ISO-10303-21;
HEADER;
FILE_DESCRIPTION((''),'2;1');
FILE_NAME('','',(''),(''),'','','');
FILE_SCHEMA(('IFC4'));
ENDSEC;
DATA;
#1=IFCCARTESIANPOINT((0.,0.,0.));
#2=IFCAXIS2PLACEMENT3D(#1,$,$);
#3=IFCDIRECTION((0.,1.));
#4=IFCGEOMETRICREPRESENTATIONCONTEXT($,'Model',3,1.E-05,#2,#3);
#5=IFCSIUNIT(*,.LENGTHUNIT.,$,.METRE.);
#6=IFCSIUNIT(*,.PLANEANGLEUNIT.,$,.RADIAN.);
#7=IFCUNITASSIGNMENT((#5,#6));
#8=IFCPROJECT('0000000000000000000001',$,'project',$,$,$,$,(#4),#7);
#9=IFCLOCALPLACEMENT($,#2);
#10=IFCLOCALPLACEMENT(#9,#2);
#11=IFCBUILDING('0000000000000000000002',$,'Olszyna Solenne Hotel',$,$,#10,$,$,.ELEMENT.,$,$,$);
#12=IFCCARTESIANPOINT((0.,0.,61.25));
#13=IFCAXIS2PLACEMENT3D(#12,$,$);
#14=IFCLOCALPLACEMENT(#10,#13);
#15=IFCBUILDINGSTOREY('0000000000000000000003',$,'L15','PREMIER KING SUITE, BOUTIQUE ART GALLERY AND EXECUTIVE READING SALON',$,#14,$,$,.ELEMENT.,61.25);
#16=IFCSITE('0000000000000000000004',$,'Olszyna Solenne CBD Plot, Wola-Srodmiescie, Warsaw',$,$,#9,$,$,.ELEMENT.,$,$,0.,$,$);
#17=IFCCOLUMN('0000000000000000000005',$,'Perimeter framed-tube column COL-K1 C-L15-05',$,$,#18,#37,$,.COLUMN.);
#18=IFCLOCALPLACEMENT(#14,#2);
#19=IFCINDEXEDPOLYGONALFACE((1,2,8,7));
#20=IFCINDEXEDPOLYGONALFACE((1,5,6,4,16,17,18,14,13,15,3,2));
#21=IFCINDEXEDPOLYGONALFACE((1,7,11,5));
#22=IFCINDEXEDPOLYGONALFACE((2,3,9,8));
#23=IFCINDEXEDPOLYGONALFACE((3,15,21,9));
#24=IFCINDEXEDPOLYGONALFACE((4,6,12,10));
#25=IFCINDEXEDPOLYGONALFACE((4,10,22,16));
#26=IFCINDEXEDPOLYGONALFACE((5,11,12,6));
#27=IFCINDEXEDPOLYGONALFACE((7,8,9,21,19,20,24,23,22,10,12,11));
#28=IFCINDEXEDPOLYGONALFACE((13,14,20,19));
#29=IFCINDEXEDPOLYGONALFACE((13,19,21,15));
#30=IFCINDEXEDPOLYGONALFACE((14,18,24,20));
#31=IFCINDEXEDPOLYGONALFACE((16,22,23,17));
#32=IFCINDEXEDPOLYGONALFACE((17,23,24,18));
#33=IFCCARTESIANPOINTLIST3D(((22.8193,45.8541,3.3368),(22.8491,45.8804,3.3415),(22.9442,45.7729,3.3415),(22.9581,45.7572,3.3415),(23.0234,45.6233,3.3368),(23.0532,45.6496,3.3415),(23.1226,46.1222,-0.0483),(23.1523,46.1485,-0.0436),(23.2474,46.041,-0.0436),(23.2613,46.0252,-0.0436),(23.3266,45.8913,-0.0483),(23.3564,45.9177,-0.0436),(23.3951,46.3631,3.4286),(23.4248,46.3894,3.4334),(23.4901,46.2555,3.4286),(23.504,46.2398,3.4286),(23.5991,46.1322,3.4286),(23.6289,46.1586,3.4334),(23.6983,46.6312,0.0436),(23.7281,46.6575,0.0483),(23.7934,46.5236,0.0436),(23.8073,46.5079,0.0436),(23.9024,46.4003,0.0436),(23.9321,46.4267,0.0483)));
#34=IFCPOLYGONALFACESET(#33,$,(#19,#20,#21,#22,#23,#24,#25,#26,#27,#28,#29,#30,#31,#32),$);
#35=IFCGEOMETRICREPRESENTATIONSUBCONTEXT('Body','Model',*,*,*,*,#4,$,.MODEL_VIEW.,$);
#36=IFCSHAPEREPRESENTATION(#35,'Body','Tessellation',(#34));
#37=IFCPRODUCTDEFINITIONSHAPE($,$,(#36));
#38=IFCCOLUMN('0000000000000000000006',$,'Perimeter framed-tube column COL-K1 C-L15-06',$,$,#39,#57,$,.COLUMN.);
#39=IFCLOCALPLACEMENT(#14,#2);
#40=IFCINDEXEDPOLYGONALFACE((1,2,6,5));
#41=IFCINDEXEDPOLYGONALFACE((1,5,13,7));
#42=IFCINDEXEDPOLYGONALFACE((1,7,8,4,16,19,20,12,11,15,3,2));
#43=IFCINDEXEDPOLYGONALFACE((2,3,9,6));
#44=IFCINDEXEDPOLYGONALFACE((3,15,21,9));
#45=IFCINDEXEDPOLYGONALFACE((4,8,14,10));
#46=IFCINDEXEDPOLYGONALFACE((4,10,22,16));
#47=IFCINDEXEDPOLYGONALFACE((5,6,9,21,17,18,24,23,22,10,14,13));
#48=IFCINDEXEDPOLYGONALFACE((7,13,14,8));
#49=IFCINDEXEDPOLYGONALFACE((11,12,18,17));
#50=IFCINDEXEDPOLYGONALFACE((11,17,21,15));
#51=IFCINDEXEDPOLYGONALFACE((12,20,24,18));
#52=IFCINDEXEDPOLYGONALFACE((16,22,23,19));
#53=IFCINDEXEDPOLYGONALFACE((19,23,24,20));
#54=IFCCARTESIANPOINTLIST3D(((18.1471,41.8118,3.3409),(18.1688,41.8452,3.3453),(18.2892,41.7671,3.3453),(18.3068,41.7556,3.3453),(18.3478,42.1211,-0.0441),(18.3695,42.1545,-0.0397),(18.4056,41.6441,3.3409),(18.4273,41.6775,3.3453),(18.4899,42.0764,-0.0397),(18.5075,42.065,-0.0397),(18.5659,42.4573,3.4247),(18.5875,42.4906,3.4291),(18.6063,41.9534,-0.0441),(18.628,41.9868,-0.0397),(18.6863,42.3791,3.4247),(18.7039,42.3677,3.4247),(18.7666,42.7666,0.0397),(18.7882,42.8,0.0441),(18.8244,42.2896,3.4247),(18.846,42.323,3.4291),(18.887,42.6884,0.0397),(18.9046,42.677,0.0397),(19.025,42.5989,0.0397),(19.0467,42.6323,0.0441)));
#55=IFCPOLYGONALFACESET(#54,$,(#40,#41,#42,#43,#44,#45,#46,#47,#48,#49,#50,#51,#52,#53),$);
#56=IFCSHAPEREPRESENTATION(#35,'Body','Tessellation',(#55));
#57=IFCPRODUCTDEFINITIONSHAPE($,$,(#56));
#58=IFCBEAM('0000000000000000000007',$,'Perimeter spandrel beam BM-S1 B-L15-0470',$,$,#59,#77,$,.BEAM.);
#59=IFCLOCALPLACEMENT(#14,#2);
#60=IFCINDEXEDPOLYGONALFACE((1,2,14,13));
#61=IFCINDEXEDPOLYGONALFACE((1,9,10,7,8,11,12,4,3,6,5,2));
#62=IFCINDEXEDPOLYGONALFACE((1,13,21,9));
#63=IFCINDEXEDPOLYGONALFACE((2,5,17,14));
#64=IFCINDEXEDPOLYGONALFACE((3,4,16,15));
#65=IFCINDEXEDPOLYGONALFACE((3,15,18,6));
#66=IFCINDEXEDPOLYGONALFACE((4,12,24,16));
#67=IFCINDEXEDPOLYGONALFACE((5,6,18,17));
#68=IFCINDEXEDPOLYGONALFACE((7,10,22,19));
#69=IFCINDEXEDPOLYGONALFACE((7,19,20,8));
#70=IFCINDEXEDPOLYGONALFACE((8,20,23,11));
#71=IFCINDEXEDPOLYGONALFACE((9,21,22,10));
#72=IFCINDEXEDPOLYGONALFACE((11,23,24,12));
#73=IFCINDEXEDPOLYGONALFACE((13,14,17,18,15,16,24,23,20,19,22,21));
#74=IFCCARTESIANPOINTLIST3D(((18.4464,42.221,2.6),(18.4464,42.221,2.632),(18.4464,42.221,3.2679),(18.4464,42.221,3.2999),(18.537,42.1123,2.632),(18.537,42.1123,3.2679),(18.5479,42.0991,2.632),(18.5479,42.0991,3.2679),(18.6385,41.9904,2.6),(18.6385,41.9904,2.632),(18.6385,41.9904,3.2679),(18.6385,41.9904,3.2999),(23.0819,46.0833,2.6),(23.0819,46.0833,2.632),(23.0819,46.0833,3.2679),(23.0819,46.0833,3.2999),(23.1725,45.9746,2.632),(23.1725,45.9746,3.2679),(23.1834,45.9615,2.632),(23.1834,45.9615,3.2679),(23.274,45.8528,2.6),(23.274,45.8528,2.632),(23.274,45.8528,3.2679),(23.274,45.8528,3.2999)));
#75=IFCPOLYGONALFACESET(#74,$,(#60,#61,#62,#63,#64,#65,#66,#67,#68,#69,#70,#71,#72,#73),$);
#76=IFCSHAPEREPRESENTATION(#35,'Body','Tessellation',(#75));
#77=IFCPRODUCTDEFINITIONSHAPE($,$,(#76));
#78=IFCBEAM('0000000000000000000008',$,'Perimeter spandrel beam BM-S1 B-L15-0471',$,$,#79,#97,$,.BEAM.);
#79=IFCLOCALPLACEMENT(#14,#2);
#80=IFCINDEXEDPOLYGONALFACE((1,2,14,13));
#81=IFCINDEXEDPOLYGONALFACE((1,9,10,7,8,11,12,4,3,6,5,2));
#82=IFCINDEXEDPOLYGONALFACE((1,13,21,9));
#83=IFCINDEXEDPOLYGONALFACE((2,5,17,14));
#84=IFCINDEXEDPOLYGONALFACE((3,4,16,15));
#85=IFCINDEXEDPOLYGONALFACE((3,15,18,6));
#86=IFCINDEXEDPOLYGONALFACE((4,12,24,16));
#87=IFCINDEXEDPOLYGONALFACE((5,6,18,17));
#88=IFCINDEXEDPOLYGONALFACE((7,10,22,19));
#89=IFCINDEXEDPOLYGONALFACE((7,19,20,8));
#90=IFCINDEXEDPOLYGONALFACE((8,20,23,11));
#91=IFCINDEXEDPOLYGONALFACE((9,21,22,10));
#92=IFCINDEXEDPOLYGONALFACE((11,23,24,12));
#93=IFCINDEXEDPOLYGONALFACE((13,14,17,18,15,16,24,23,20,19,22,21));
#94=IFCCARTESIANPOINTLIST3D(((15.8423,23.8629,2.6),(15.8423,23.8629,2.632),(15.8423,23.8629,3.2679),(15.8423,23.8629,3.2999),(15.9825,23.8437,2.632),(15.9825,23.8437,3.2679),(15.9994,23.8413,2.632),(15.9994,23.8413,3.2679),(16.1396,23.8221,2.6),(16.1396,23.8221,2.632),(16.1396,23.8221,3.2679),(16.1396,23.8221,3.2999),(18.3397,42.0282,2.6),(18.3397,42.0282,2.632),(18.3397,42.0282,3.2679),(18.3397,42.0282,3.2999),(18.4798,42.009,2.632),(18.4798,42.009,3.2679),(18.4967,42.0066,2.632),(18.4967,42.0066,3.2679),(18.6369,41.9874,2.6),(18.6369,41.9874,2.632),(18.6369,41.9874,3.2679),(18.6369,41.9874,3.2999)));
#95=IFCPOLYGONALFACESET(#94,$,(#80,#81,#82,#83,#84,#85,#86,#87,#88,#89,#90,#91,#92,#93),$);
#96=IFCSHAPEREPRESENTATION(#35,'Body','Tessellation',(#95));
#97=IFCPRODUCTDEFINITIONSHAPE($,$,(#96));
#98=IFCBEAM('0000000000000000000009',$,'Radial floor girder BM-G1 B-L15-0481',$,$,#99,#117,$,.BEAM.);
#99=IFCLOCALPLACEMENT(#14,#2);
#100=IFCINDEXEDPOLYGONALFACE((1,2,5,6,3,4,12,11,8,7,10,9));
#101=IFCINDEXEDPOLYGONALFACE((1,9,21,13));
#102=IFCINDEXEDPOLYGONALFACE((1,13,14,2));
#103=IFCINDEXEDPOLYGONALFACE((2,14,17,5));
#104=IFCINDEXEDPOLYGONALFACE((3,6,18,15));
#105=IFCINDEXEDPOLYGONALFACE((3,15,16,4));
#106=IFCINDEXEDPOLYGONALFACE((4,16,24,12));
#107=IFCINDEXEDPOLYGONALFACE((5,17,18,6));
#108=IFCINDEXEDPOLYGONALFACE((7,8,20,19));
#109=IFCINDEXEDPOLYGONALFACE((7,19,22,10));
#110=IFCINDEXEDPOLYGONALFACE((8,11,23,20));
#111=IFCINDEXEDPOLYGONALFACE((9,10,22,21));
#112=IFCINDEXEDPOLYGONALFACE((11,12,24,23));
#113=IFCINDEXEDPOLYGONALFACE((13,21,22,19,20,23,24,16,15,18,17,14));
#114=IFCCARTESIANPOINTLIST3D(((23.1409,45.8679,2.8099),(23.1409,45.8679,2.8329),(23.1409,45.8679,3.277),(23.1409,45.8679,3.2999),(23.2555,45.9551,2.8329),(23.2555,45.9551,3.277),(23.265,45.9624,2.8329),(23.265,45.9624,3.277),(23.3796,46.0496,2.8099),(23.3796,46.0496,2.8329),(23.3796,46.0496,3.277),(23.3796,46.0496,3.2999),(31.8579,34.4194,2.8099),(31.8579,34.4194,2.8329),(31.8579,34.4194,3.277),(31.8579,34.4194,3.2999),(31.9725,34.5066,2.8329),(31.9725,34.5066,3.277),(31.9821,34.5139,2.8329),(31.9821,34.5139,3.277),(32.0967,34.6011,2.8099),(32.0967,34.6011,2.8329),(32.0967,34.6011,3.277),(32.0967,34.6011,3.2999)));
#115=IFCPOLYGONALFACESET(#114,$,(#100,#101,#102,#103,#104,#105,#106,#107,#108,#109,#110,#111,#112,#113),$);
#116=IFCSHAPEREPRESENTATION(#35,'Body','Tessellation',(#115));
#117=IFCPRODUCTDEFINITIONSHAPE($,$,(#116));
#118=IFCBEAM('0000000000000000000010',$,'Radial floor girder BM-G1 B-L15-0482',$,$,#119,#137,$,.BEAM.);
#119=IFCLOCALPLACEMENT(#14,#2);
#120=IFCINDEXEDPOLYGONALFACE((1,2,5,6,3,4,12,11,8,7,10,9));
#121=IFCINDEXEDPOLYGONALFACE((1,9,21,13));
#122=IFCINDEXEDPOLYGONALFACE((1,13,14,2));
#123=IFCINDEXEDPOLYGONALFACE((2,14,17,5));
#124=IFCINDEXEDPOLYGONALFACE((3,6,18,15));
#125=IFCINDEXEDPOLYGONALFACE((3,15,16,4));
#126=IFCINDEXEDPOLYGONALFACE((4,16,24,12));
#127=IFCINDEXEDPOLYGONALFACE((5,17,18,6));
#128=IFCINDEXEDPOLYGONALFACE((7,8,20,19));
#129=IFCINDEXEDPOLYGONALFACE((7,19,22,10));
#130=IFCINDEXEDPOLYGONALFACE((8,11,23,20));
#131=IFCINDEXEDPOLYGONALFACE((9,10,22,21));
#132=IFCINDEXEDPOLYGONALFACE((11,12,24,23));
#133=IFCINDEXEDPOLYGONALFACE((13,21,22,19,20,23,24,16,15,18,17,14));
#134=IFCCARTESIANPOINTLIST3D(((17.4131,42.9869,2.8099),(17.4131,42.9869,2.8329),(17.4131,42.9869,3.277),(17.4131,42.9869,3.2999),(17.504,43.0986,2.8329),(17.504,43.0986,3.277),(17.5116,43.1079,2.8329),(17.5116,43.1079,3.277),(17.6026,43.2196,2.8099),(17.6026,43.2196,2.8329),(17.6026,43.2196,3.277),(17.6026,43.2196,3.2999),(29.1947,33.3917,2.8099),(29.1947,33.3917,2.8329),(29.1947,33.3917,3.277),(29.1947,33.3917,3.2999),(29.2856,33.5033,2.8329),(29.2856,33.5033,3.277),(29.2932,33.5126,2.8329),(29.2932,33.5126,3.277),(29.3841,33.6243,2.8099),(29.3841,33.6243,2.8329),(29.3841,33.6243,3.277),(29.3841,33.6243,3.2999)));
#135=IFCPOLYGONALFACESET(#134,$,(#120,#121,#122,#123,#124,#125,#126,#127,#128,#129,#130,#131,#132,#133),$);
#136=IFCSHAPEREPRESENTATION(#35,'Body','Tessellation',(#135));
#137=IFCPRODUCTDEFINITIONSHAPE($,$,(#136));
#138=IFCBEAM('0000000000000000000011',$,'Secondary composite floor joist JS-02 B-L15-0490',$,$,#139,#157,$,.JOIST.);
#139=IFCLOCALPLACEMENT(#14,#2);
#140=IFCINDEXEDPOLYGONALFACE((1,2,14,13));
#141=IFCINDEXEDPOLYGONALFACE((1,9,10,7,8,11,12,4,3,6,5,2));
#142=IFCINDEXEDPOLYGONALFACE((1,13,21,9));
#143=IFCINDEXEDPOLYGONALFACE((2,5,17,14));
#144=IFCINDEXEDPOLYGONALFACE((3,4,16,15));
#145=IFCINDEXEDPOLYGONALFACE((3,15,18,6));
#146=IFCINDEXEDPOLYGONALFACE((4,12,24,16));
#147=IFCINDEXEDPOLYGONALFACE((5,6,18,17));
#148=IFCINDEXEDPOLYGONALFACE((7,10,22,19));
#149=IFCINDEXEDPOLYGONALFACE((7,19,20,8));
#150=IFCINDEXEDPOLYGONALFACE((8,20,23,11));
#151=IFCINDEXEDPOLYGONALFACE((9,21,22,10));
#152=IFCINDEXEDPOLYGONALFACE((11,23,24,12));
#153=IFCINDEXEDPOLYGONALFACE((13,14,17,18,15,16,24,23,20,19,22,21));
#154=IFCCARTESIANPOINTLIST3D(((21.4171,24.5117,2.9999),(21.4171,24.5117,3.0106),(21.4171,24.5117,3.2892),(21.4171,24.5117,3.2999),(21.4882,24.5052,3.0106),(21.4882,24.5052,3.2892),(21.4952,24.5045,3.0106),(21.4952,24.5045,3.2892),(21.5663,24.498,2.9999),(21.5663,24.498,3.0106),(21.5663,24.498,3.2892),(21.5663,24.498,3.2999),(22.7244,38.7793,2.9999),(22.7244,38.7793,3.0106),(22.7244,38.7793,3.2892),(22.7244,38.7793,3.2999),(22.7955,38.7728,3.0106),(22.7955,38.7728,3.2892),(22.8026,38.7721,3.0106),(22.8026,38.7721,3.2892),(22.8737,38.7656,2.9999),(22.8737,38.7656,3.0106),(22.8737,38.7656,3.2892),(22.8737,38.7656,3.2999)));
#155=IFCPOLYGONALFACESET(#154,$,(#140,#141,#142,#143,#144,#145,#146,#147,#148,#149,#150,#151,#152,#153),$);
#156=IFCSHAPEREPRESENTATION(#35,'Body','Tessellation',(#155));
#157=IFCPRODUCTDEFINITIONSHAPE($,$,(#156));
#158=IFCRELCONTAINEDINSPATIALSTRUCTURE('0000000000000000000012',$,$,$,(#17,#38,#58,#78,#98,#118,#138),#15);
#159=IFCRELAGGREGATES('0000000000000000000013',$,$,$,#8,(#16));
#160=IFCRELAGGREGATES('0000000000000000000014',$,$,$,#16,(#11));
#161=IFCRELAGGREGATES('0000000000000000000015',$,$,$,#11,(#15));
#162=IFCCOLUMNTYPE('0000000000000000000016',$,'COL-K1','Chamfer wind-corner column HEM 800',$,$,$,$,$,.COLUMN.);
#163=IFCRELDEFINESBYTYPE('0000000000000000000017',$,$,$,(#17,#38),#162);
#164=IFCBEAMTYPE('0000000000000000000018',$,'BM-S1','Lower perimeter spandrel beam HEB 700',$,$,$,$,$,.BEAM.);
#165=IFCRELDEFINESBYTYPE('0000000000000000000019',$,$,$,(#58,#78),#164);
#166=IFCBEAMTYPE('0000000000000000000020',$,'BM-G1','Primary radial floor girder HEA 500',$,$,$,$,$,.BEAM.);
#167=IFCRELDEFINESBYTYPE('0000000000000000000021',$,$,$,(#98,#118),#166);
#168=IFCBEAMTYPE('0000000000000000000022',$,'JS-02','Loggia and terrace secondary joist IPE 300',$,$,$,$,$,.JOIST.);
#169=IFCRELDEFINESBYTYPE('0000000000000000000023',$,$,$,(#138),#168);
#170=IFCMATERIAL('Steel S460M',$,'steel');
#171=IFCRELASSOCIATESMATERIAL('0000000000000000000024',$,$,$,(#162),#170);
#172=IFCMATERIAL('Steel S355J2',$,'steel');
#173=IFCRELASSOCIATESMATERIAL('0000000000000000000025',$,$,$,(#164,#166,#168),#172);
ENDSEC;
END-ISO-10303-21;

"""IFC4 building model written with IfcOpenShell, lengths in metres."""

from ifc_helpers import new_model, si_unit, direction, frame, origin, origin_2d, place, context, subcontext, project, spatial, i_section, extrude, source, transform, mapped, material, material_profile, profile_set, type_object, element, save


model = new_model("IFC4")

# Units and contexts
model_context = context("Model", 3, precision=1e-05, world=origin(), true_north=direction((0.0, 1.0)))
body_context = subcontext(model_context, "Body", "Model", "MODEL_VIEW")
ifc_project = project(units=[si_unit("LENGTHUNIT", "METRE"), si_unit("PLANEANGLEUNIT", "RADIAN")], contexts=[model_context])

# Site, building, storey
site_placement = place(None, origin())
site = spatial("IfcSite", under=ifc_project, at=site_placement, Name="Olszyna Solenne CBD Plot, Wola-Srodmiescie, Warsaw", CompositionType="ELEMENT", RefElevation=0.0)
building_placement = place(site_placement, origin())
building = spatial("IfcBuilding", under=site, at=building_placement, Name="Olszyna Solenne Hotel", CompositionType="ELEMENT")
storey_placement = place(building_placement, frame((0.0, 0.0, 61.25)))
storey = spatial("IfcBuildingStorey", under=building, at=storey_placement, Name="L15", Description="PREMIER KING SUITE, BOUTIQUE ART GALLERY AND EXECUTIVE READING SALON", CompositionType="ELEMENT", Elevation=61.25)

# Columns
ifc_material_1 = material(Name="Steel S460M", Category="steel")
ifc_material_profile_1 = material_profile(ifc_material_1, i_section(OverallWidth=0.3081, OverallDepth=0.814, WebThickness=0.021, FlangeThickness=0.04, at=origin_2d()), Name="HEM 800", Category="load-bearing")
ifc_profile_set_1 = profile_set([ifc_material_profile_1], Name="Steel S460M")
column_type = type_object("IfcColumnType", Name="COL-K1", Description="Chamfer wind-corner column HEM 800", PredefinedType="COLUMN", material=ifc_profile_set_1)
shared_shape_1 = source(origin(), body_context, "Body", "SweptSolid", [
    extrude(i_section(OverallWidth=0.3081, OverallDepth=0.814, WebThickness=0.021, FlangeThickness=0.04, at=origin_2d()), origin(), (0.0, 0.0, 1.0), 3.4092),
])
column_1_placement = place(storey_placement, frame((23.5273, 46.2744, 0.0), z_axis=(-0.088945, -0.078632, 0.992928), x_axis=(0.66234, -0.749204, 0.0)))
element("IfcColumn", 1, at=column_1_placement, inside=storey, type_object=column_type, Name="Perimeter framed-tube column COL-K1 C-L15-05", PredefinedType="COLUMN", context=body_context, shape_type="MappedRepresentation", body=[
    mapped(shared_shape_1, transform((0.0, 0.0, 0.0), x_axis=(1.0, 0.0, 0.0), y_axis=(0.0, 1.0, 0.0), z_axis=(0.0, 0.0, 1.0), scale=1.0)),
])
shared_shape_2 = source(origin(), body_context, "Body", "SweptSolid", [
    extrude(i_section(OverallWidth=0.3081, OverallDepth=0.814, WebThickness=0.021, FlangeThickness=0.04, at=origin_2d()), origin(), (0.0, 0.0, 1.0), 3.405),
])
column_2_placement = place(storey_placement, frame((18.6973, 42.3767, 0.0), z_axis=(-0.058937, -0.090844, 0.99412), x_axis=(0.838912, -0.544267, 0.0)))
element("IfcColumn", 2, at=column_2_placement, inside=storey, type_object=column_type, Name="Perimeter framed-tube column COL-K1 C-L15-06", PredefinedType="COLUMN", context=body_context, shape_type="MappedRepresentation", body=[
    mapped(shared_shape_2, transform((0.0, 0.0, 0.0), x_axis=(1.0, 0.0, 0.0), y_axis=(0.0, 1.0, 0.0), z_axis=(0.0, 0.0, 1.0), scale=1.0)),
])

# Beams
ifc_material_2 = material(Name="Steel S355J2", Category="steel")
ifc_material_profile_2 = material_profile(ifc_material_2, i_section(OverallWidth=0.3, OverallDepth=0.7, WebThickness=0.0171, FlangeThickness=0.032, at=origin_2d()), Name="HEB 700", Category="load-bearing")
ifc_profile_set_2 = profile_set([ifc_material_profile_2], Name="Steel S355J2")
beam_type_1 = type_object("IfcBeamType", Name="BM-S1", Description="Lower perimeter spandrel beam HEB 700", PredefinedType="BEAM", material=ifc_profile_set_2)
shared_shape_3 = source(origin(), body_context, "Body", "SweptSolid", [
    extrude(i_section(OverallWidth=0.3, OverallDepth=0.7, WebThickness=0.0171, FlangeThickness=0.032, at=origin_2d()), origin(), (0.0, 0.0, 1.0), 6.0337),
])
beam_1_placement = place(storey_placement, frame((23.178, 45.968, 2.95), z_axis=(-0.768271, -0.640125, 0.0), x_axis=(0.640125, -0.768271, 0.0)))
element("IfcBeam", 3, at=beam_1_placement, inside=storey, type_object=beam_type_1, Name="Perimeter spandrel beam BM-S1 B-L15-0470", PredefinedType="BEAM", context=body_context, shape_type="MappedRepresentation", body=[
    mapped(shared_shape_3, transform((0.0, 0.0, 0.0), x_axis=(1.0, 0.0, 0.0), y_axis=(0.0, 1.0, 0.0), z_axis=(0.0, 0.0, 1.0), scale=1.0)),
])
shared_shape_4 = source(origin(), body_context, "Body", "SweptSolid", [
    extrude(i_section(OverallWidth=0.3, OverallDepth=0.7, WebThickness=0.0171, FlangeThickness=0.032, at=origin_2d()), origin(), (0.0, 0.0, 1.0), 18.3362),
])
beam_2_placement = place(storey_placement, frame((18.4883, 42.0078, 2.95), z_axis=(-0.136196, -0.990682, 0.0), x_axis=(0.990682, -0.136196, 0.0)))
element("IfcBeam", 4, at=beam_2_placement, inside=storey, type_object=beam_type_1, Name="Perimeter spandrel beam BM-S1 B-L15-0471", PredefinedType="BEAM", context=body_context, shape_type="MappedRepresentation", body=[
    mapped(shared_shape_4, transform((0.0, 0.0, 0.0), x_axis=(1.0, 0.0, 0.0), y_axis=(0.0, 1.0, 0.0), z_axis=(0.0, 0.0, 1.0), scale=1.0)),
])
ifc_material_profile_3 = material_profile(ifc_material_2, i_section(OverallWidth=0.3, OverallDepth=0.49, WebThickness=0.012, FlangeThickness=0.0229, at=origin_2d()), Name="HEA 500", Category="load-bearing")
ifc_profile_set_3 = profile_set([ifc_material_profile_3], Name="Steel S355J2")
beam_type_2 = type_object("IfcBeamType", Name="BM-G1", Description="Primary radial floor girder HEA 500", PredefinedType="BEAM", material=ifc_profile_set_3)
shared_shape_5 = source(origin(), body_context, "Body", "SweptSolid", [
    extrude(i_section(OverallWidth=0.3, OverallDepth=0.49, WebThickness=0.012, FlangeThickness=0.0229, at=origin_2d()), origin(), (0.0, 0.0, 1.0), 14.3894),
])
beam_3_placement = place(storey_placement, frame((23.2603, 45.9587, 3.0549), z_axis=(0.605796, -0.79562, 0.0), x_axis=(0.79562, 0.605796, 0.0)))
element("IfcBeam", 5, at=beam_3_placement, inside=storey, type_object=beam_type_2, Name="Radial floor girder BM-G1 B-L15-0481", PredefinedType="BEAM", context=body_context, shape_type="MappedRepresentation", body=[
    mapped(shared_shape_5, transform((0.0, 0.0, 0.0), x_axis=(1.0, 0.0, 0.0), y_axis=(0.0, 1.0, 0.0), z_axis=(0.0, 0.0, 1.0), scale=1.0)),
])
shared_shape_6 = source(origin(), body_context, "Body", "SweptSolid", [
    extrude(i_section(OverallWidth=0.3, OverallDepth=0.49, WebThickness=0.012, FlangeThickness=0.0229, at=origin_2d()), origin(), (0.0, 0.0, 1.0), 15.1946),
])
beam_4_placement = place(storey_placement, frame((17.5078, 43.1033, 3.0549), z_axis=(0.775381, -0.631494, 0.0), x_axis=(0.631494, 0.775381, 0.0)))
element("IfcBeam", 6, at=beam_4_placement, inside=storey, type_object=beam_type_2, Name="Radial floor girder BM-G1 B-L15-0482", PredefinedType="BEAM", context=body_context, shape_type="MappedRepresentation", body=[
    mapped(shared_shape_6, transform((0.0, 0.0, 0.0), x_axis=(1.0, 0.0, 0.0), y_axis=(0.0, 1.0, 0.0), z_axis=(0.0, 0.0, 1.0), scale=1.0)),
])
ifc_material_profile_4 = material_profile(ifc_material_2, i_section(OverallWidth=0.1499, OverallDepth=0.3, WebThickness=0.0071, FlangeThickness=0.0107, at=origin_2d()), Name="IPE 300", Category="load-bearing")
ifc_profile_set_4 = profile_set([ifc_material_profile_4], Name="Steel S355J2")
beam_type_3 = type_object("IfcBeamType", Name="JS-02", Description="Loggia and terrace secondary joist IPE 300", PredefinedType="JOIST", material=ifc_profile_set_4)
shared_shape_7 = source(origin(), body_context, "Body", "SweptSolid", [
    extrude(i_section(OverallWidth=0.1499, OverallDepth=0.3, WebThickness=0.0071, FlangeThickness=0.0107, at=origin_2d()), origin(), (0.0, 0.0, 1.0), 14.3274),
])
beam_5_placement = place(storey_placement, frame((22.7991, 38.7725, 3.1499), z_axis=(-0.09125, -0.995828, 0.0), x_axis=(0.995828, -0.09125, 0.0)))
element("IfcBeam", 7, at=beam_5_placement, inside=storey, type_object=beam_type_3, Name="Secondary composite floor joist JS-02 B-L15-0490", PredefinedType="JOIST", context=body_context, shape_type="MappedRepresentation", body=[
    mapped(shared_shape_7, transform((0.0, 0.0, 0.0), x_axis=(1.0, 0.0, 0.0), y_axis=(0.0, 1.0, 0.0), z_axis=(0.0, 0.0, 1.0), scale=1.0)),
])

save(model, "model.ifc")
